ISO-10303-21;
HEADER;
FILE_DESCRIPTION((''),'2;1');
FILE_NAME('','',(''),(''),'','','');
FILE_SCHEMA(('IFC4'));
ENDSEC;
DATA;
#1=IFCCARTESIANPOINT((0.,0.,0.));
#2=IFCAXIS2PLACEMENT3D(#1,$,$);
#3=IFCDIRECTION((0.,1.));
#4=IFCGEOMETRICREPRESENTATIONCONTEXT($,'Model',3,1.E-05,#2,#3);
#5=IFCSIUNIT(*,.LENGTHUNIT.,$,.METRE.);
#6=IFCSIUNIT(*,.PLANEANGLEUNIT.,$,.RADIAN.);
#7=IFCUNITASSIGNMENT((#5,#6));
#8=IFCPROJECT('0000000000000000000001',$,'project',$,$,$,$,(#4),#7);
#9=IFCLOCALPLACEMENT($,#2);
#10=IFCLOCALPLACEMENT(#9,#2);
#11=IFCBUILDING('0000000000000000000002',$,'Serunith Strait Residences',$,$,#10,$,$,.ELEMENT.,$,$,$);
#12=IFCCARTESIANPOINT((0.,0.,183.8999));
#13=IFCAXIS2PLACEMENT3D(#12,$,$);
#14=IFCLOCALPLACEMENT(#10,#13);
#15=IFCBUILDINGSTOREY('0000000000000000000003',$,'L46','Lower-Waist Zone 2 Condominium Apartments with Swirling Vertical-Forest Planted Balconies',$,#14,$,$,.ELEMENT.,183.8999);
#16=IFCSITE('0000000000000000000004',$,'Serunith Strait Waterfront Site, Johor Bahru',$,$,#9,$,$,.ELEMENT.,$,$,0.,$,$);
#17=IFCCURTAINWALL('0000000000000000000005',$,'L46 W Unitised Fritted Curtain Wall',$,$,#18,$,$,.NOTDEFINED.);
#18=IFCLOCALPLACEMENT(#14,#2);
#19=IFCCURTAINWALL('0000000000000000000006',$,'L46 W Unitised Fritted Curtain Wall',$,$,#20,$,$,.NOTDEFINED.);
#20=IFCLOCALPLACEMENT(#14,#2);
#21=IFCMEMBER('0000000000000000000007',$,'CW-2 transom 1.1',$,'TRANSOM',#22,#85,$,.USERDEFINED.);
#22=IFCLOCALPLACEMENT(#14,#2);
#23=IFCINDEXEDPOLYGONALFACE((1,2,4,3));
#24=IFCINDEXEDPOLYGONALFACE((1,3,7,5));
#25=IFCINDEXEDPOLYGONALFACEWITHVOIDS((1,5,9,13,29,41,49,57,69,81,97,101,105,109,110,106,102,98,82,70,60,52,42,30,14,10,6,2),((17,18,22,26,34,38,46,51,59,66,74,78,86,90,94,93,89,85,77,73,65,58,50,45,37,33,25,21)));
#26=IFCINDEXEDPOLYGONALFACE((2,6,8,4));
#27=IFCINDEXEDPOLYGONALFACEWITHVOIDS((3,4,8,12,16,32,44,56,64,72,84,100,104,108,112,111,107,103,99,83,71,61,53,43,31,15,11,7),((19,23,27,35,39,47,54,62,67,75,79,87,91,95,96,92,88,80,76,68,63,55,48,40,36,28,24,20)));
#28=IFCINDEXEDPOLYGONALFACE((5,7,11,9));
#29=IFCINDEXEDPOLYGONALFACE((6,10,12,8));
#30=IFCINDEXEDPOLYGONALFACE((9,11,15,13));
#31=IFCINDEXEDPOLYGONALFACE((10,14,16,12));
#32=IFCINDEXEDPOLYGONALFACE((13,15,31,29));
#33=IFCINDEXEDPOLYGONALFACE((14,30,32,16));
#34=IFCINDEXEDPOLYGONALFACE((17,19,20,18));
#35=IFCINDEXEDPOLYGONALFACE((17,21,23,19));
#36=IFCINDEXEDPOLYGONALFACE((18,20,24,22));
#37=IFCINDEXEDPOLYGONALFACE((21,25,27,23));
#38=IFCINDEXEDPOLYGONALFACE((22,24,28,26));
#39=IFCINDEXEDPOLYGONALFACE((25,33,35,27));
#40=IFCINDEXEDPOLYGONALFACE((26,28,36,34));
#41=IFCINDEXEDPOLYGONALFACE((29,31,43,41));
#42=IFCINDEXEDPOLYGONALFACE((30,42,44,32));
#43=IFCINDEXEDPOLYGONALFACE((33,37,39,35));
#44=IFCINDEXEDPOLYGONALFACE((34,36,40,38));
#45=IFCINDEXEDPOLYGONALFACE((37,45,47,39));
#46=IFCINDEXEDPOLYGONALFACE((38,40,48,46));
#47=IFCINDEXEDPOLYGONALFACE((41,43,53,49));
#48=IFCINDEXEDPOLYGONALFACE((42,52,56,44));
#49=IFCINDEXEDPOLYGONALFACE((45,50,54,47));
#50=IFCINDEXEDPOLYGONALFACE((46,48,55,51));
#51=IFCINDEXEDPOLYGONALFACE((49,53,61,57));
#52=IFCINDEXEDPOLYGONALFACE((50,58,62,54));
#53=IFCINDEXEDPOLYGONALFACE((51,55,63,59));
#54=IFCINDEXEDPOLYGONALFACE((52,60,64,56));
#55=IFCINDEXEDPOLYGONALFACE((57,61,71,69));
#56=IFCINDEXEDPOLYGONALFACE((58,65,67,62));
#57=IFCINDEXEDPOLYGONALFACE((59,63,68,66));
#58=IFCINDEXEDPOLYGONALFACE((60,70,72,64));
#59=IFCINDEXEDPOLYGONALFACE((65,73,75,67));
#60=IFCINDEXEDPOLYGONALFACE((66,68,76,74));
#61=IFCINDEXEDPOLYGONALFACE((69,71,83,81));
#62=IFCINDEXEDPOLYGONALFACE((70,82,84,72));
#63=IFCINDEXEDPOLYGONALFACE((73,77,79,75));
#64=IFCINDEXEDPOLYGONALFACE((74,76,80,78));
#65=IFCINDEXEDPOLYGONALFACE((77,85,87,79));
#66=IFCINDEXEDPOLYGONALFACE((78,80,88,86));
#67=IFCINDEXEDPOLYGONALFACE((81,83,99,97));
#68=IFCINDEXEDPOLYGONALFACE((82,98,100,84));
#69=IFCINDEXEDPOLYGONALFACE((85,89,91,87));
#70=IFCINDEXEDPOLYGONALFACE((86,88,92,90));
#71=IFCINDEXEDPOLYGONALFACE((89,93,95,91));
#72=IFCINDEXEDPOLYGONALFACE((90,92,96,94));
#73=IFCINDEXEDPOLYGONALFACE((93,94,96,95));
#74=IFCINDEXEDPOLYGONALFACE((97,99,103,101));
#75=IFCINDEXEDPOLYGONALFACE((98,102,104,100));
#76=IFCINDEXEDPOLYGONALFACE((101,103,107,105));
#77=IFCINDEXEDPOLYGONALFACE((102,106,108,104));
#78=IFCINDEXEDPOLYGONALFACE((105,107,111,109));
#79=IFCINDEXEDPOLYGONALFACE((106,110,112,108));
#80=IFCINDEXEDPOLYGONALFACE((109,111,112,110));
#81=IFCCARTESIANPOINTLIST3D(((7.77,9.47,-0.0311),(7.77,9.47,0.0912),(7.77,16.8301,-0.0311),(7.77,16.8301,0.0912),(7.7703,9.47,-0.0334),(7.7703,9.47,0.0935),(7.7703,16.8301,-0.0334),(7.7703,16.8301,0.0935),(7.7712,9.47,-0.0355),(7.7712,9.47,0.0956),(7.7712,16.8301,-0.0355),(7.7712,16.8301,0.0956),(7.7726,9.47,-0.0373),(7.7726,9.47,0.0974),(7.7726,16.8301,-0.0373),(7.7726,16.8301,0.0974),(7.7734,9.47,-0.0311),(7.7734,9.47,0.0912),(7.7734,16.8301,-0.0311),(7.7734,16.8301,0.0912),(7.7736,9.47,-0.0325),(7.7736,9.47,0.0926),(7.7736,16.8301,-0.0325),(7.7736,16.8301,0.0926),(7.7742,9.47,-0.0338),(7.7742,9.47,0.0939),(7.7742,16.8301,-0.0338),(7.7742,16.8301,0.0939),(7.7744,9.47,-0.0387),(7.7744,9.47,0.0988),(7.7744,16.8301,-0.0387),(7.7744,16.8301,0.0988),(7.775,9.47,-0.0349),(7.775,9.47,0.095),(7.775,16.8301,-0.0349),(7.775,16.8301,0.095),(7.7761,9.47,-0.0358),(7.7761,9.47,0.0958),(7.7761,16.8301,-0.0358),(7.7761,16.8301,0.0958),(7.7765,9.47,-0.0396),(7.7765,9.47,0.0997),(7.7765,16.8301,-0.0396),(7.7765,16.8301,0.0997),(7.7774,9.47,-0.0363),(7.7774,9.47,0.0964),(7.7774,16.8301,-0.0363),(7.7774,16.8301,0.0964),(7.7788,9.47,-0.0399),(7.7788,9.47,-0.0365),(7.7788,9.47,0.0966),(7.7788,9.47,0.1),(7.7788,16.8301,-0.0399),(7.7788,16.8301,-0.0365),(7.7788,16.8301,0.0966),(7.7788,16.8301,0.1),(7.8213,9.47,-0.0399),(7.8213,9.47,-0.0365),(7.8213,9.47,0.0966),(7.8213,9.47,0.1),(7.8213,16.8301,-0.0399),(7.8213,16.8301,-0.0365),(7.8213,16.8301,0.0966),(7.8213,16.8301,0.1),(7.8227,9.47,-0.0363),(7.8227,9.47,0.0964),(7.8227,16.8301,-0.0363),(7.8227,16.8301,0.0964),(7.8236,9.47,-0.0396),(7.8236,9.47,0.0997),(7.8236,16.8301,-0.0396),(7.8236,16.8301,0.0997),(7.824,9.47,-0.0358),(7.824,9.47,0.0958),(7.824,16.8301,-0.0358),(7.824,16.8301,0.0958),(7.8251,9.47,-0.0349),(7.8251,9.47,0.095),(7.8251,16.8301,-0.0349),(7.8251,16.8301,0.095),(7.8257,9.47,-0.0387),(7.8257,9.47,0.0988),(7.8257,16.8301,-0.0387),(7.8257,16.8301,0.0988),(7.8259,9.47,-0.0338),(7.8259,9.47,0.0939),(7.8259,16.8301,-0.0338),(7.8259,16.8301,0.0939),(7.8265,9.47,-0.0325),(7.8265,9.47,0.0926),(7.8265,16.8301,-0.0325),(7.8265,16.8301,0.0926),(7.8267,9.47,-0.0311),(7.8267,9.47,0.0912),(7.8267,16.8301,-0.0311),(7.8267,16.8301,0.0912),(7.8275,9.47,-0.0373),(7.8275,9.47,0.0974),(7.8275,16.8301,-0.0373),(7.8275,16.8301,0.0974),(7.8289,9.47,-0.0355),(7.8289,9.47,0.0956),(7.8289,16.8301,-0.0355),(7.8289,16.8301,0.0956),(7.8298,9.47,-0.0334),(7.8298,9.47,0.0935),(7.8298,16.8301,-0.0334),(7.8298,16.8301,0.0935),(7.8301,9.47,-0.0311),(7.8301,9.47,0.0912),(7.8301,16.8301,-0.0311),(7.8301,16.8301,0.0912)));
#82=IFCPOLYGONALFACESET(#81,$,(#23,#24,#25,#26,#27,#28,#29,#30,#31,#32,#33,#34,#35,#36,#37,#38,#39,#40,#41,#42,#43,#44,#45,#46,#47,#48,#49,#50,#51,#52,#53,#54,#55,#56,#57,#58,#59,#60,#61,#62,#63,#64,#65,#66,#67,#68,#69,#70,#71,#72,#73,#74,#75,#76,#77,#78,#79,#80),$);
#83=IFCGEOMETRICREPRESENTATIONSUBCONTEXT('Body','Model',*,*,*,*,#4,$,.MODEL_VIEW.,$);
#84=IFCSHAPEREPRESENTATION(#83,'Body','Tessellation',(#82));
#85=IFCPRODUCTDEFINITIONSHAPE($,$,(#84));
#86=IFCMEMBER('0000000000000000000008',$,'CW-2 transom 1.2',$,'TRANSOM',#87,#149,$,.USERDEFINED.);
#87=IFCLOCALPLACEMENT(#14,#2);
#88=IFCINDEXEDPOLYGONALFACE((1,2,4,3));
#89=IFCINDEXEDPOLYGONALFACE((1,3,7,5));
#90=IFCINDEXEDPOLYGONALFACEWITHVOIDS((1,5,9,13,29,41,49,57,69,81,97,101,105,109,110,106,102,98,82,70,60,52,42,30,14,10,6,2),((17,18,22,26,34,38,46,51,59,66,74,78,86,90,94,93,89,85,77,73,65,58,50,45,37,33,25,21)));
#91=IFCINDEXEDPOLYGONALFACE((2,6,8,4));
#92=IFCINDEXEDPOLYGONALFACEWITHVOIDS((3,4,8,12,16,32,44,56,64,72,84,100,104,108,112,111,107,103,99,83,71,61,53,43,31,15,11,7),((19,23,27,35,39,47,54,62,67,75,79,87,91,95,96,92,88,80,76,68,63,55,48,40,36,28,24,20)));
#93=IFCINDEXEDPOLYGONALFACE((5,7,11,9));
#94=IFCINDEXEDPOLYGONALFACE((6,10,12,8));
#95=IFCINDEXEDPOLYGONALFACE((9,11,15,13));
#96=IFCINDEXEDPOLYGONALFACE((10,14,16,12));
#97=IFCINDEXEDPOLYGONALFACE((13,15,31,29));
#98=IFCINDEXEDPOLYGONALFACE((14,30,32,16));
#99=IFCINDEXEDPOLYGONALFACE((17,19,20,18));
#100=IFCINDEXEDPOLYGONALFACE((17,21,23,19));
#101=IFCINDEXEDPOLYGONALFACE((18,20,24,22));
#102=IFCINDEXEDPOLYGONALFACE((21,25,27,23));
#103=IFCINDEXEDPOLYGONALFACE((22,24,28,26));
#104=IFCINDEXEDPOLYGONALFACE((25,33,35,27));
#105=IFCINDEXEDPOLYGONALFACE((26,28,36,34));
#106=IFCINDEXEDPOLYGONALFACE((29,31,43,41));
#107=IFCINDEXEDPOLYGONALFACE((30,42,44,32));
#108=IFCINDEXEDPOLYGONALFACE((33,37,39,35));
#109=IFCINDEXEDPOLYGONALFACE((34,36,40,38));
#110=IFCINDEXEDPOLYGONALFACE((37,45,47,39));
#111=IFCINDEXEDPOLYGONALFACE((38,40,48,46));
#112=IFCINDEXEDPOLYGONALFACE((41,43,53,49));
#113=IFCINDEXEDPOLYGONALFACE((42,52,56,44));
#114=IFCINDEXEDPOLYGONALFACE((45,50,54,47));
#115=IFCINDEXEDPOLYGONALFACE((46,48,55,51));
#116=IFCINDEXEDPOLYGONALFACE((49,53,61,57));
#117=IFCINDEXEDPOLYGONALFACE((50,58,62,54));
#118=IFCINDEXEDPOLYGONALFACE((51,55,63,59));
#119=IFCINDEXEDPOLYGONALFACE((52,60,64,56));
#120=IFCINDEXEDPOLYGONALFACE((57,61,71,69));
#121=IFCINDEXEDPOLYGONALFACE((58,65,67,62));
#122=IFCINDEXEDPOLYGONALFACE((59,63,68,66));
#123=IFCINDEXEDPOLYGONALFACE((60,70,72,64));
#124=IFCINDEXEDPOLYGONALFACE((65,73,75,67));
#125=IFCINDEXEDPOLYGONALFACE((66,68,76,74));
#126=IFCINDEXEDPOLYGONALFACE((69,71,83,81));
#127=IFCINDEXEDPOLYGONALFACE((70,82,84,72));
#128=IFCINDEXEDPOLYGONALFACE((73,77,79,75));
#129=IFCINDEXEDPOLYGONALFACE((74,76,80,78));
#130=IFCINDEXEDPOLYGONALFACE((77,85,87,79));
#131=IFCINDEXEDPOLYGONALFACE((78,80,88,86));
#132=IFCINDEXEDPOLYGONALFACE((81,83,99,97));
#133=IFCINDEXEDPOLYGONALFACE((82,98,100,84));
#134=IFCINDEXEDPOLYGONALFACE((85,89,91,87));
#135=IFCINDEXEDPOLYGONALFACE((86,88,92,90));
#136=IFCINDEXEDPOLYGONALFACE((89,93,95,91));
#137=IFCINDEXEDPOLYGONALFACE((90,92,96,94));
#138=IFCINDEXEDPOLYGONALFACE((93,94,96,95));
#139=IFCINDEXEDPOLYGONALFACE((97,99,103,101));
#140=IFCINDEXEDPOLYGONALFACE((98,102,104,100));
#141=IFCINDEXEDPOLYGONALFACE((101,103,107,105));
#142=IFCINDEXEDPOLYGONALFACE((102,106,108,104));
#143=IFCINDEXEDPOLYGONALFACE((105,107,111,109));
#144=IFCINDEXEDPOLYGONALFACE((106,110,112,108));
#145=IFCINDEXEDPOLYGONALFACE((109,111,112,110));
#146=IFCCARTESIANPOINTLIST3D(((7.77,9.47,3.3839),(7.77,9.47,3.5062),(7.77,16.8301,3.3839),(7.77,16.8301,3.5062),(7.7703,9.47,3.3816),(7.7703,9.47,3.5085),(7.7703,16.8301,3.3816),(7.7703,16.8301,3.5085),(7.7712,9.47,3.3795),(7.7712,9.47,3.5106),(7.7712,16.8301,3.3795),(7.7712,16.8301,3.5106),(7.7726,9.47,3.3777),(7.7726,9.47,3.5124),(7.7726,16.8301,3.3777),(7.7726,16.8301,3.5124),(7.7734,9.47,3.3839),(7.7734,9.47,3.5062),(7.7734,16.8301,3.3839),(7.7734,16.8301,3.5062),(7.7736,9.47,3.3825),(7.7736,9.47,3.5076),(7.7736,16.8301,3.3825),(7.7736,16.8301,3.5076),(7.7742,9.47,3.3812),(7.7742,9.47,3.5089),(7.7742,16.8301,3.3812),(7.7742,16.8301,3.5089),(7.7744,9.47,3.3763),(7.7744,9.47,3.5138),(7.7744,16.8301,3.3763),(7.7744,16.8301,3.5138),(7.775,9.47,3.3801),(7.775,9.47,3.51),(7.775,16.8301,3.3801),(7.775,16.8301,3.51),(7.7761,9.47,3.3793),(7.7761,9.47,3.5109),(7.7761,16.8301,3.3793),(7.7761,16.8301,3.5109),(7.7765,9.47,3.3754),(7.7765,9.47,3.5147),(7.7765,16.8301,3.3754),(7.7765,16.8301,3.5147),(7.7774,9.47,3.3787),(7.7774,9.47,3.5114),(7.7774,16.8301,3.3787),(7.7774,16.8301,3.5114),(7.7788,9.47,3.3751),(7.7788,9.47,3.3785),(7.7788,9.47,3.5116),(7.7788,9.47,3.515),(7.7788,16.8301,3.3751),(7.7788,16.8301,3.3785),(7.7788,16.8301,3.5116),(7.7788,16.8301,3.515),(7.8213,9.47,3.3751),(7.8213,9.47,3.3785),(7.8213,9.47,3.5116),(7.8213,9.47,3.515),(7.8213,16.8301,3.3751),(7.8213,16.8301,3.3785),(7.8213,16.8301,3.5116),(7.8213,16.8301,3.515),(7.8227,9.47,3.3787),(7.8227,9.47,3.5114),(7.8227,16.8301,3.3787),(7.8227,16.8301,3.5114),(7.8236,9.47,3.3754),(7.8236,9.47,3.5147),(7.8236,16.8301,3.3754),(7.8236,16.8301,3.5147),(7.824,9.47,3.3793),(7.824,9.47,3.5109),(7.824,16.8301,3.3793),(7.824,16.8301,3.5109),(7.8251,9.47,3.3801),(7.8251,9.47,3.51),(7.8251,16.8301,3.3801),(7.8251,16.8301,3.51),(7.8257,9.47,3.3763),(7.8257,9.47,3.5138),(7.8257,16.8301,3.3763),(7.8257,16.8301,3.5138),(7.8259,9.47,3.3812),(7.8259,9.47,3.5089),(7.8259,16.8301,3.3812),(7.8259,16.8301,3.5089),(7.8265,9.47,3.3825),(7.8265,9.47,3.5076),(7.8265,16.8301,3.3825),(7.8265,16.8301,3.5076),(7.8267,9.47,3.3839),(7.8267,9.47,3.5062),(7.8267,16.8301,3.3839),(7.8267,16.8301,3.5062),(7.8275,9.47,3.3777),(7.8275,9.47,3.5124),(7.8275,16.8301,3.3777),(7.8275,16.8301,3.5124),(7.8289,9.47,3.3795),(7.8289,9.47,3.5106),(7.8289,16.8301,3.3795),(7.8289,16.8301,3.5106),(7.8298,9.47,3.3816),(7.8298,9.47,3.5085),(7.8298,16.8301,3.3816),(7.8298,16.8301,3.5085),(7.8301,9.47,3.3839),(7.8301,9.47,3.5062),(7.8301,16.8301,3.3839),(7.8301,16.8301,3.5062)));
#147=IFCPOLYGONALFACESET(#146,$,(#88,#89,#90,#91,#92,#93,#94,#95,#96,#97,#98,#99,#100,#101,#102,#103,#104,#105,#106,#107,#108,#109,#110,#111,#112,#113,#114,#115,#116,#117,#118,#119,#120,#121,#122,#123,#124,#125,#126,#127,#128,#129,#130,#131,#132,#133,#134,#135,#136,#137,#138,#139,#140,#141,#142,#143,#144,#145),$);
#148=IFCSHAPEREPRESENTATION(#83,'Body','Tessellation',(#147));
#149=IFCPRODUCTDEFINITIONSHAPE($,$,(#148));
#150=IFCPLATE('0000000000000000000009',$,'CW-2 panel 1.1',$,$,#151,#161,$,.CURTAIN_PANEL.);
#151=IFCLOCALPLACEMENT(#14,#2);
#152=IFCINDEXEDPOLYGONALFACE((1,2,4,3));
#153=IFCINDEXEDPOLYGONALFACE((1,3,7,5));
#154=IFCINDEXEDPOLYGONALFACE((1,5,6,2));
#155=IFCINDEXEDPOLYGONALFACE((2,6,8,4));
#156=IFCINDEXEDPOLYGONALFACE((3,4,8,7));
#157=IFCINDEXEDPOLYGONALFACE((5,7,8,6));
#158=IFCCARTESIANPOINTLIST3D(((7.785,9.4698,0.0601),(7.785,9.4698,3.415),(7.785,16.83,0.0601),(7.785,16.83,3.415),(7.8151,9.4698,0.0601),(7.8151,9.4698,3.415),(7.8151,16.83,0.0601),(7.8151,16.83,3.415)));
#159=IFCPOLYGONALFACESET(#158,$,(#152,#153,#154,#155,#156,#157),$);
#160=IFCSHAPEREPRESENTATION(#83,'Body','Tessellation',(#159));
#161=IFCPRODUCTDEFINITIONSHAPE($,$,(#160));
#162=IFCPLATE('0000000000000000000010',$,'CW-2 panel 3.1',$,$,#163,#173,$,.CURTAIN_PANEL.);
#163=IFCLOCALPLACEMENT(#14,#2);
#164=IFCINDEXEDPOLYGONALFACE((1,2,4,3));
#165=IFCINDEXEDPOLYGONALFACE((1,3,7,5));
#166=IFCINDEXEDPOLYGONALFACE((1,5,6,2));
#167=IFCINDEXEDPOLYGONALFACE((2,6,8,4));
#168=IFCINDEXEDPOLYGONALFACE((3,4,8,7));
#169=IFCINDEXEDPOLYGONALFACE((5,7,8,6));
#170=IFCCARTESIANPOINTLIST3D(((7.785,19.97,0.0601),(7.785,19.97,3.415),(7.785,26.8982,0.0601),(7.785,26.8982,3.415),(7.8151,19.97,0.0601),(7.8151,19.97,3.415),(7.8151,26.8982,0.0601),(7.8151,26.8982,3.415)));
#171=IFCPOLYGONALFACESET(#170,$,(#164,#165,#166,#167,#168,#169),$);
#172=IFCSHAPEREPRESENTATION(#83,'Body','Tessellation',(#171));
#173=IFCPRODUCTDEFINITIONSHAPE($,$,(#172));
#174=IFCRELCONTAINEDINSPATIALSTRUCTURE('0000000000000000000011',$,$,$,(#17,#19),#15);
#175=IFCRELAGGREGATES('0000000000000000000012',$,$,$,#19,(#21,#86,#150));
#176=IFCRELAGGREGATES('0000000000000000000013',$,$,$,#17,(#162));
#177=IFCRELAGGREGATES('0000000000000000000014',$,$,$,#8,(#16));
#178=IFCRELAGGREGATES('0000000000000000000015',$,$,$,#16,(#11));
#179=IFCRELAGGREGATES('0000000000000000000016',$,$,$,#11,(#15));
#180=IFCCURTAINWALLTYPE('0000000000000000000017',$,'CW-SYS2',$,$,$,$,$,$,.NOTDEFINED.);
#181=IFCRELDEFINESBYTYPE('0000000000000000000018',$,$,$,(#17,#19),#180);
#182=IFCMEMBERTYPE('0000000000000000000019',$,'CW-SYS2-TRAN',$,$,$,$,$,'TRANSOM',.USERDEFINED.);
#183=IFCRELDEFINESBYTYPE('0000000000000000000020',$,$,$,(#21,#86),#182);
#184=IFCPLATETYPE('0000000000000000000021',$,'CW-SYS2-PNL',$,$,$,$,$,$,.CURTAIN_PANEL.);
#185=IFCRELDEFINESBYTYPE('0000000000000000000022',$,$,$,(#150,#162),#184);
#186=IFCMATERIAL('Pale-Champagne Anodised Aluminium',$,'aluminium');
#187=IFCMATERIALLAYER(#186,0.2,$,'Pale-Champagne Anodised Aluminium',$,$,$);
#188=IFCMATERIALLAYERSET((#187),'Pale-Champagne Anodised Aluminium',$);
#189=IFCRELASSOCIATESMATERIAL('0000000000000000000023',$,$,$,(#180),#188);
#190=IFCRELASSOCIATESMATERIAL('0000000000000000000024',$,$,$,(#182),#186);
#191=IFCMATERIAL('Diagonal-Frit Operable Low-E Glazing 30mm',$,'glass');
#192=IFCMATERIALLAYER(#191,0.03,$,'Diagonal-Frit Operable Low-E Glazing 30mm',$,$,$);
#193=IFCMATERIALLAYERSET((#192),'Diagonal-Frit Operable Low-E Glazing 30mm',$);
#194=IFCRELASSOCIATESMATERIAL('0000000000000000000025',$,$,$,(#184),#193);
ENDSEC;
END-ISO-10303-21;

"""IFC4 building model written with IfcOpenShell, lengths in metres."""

from ifc_helpers import new_model, si_unit, direction, frame, origin, origin_2d, place, context, subcontext, project, spatial, rectangle, hollow_rectangle, extrude, source, transform, mapped, material, layer, layer_set, material_profile, profile_set, type_object, element, aggregate, save


model = new_model("IFC4")

# Units and contexts
model_context = context("Model", 3, precision=1e-05, world=origin(), true_north=direction((0.0, 1.0)))
body_context = subcontext(model_context, "Body", "Model", "MODEL_VIEW")
ifc_project = project(units=[si_unit("LENGTHUNIT", "METRE"), si_unit("PLANEANGLEUNIT", "RADIAN")], contexts=[model_context])

# Site, building, storey
site_placement = place(None, origin())
site = spatial("IfcSite", under=ifc_project, at=site_placement, Name="Serunith Strait Waterfront Site, Johor Bahru", CompositionType="ELEMENT", RefElevation=0.0)
building_placement = place(site_placement, origin())
building = spatial("IfcBuilding", under=site, at=building_placement, Name="Serunith Strait Residences", CompositionType="ELEMENT")
storey_placement = place(building_placement, frame((0.0, 0.0, 183.8999)))
storey = spatial("IfcBuildingStorey", under=building, at=storey_placement, Name="L46", Description="Lower-Waist Zone 2 Condominium Apartments with Swirling Vertical-Forest Planted Balconies", CompositionType="ELEMENT", Elevation=183.8999)

# Curtain wall
ifc_material_1 = material(Name="Pale-Champagne Anodised Aluminium", Category="aluminium")
ifc_layer_1 = layer(ifc_material_1, 0.2, Name="Pale-Champagne Anodised Aluminium")
ifc_layer_set_1 = layer_set([ifc_layer_1], Name="Pale-Champagne Anodised Aluminium")
curtain_wall_type = type_object("IfcCurtainWallType", Name="CW-SYS2", PredefinedType="NOTDEFINED", material=ifc_layer_set_1)
curtain_wall_1_placement = place(storey_placement, origin())
curtain_wall_1 = element("IfcCurtainWall", 1, at=curtain_wall_1_placement, inside=storey, type_object=curtain_wall_type, Name="L46 W Unitised Fritted Curtain Wall", PredefinedType="NOTDEFINED")

# Curtain wall, members, plate
curtain_wall_2_placement = place(storey_placement, origin())
curtain_wall_2 = element("IfcCurtainWall", 2, at=curtain_wall_2_placement, inside=storey, type_object=curtain_wall_type, Name="L46 W Unitised Fritted Curtain Wall", PredefinedType="NOTDEFINED")
ifc_material_profile_1 = material_profile(ifc_material_1, hollow_rectangle(XDim=0.0601, YDim=0.1399, WallThickness=0.0034, InnerFilletRadius=0.0054, OuterFilletRadius=0.0088, at=origin_2d()), Name="ALU 140x60x3.5")
ifc_profile_set_1 = profile_set([ifc_material_profile_1], Name="Pale-Champagne Anodised Aluminium")
member_type_1 = type_object("IfcMemberType", Name="CW-SYS2-TRAN", ElementType="TRANSOM", PredefinedType="USERDEFINED", material=ifc_profile_set_1)
shared_shape_1 = source(origin(), body_context, "Body", "SweptSolid", [
    extrude(hollow_rectangle(XDim=0.0601, YDim=0.1399, WallThickness=0.0034, InnerFilletRadius=0.0054, OuterFilletRadius=0.0088, at=origin_2d()), origin(), (0.0, 0.0, 1.0), 7.3601),
])
member_1_placement = place(storey_placement, frame((7.8, 16.8301, 0.03), z_axis=(0.0, -1.0, 0.0), x_axis=(1.0, 0.0, 0.0)))
member_1 = element("IfcMember", 3, at=member_1_placement, type_object=member_type_1, Name="CW-2 transom 1.1", ObjectType="TRANSOM", PredefinedType="USERDEFINED", context=body_context, shape_type="MappedRepresentation", body=[
    mapped(shared_shape_1, transform((0.0, 0.0, 0.0), scale=1.0)),
])
member_2_placement = place(storey_placement, frame((7.8, 16.8301, 3.4451), z_axis=(0.0, -1.0, 0.0), x_axis=(1.0, 0.0, 0.0)))
member_2 = element("IfcMember", 4, at=member_2_placement, type_object=member_type_1, Name="CW-2 transom 1.2", ObjectType="TRANSOM", PredefinedType="USERDEFINED", context=body_context, shape_type="MappedRepresentation", body=[
    mapped(shared_shape_1, transform((0.0, 0.0, 0.0), scale=1.0)),
])
ifc_material_2 = material(Name="Diagonal-Frit Operable Low-E Glazing 30mm", Category="glass")
ifc_layer_2 = layer(ifc_material_2, 0.03, Name="Diagonal-Frit Operable Low-E Glazing 30mm")
ifc_layer_set_2 = layer_set([ifc_layer_2], Name="Diagonal-Frit Operable Low-E Glazing 30mm")
plate_type = type_object("IfcPlateType", Name="CW-SYS2-PNL", PredefinedType="CURTAIN_PANEL", material=ifc_layer_set_2)
shared_shape_2 = source(origin(), body_context, "Body", "SweptSolid", [
    extrude(rectangle(XDim=7.3601, YDim=0.03, at=origin_2d()), origin(), (0.0, 0.0, 1.0), 3.355),
])
plate_1_placement = place(storey_placement, frame((7.8, 13.1499, 0.0601), z_axis=(0.0, 0.0, 1.0), x_axis=(0.0, -1.0, 0.0)))
plate_1 = element("IfcPlate", 5, at=plate_1_placement, type_object=plate_type, Name="CW-2 panel 1.1", PredefinedType="CURTAIN_PANEL", context=body_context, shape_type="MappedRepresentation", body=[
    mapped(shared_shape_2, transform((0.0, 0.0, 0.0), scale=1.0)),
])
aggregate(curtain_wall_2, [member_1, member_2, plate_1])

# Plate
shared_shape_3 = source(origin(), body_context, "Body", "SweptSolid", [
    extrude(rectangle(XDim=6.9282, YDim=0.03, at=origin_2d()), origin(), (0.0, 0.0, 1.0), 3.355),
])
plate_2_placement = place(storey_placement, frame((7.8, 23.4341, 0.0601), z_axis=(0.0, 0.0, 1.0), x_axis=(0.0, -1.0, 0.0)))
plate_2 = element("IfcPlate", 6, at=plate_2_placement, type_object=plate_type, Name="CW-2 panel 3.1", PredefinedType="CURTAIN_PANEL", context=body_context, shape_type="MappedRepresentation", body=[
    mapped(shared_shape_3, transform((0.0, 0.0, 0.0), scale=1.0)),
])
aggregate(curtain_wall_1, [plate_2])

save(model, "model.ifc")
